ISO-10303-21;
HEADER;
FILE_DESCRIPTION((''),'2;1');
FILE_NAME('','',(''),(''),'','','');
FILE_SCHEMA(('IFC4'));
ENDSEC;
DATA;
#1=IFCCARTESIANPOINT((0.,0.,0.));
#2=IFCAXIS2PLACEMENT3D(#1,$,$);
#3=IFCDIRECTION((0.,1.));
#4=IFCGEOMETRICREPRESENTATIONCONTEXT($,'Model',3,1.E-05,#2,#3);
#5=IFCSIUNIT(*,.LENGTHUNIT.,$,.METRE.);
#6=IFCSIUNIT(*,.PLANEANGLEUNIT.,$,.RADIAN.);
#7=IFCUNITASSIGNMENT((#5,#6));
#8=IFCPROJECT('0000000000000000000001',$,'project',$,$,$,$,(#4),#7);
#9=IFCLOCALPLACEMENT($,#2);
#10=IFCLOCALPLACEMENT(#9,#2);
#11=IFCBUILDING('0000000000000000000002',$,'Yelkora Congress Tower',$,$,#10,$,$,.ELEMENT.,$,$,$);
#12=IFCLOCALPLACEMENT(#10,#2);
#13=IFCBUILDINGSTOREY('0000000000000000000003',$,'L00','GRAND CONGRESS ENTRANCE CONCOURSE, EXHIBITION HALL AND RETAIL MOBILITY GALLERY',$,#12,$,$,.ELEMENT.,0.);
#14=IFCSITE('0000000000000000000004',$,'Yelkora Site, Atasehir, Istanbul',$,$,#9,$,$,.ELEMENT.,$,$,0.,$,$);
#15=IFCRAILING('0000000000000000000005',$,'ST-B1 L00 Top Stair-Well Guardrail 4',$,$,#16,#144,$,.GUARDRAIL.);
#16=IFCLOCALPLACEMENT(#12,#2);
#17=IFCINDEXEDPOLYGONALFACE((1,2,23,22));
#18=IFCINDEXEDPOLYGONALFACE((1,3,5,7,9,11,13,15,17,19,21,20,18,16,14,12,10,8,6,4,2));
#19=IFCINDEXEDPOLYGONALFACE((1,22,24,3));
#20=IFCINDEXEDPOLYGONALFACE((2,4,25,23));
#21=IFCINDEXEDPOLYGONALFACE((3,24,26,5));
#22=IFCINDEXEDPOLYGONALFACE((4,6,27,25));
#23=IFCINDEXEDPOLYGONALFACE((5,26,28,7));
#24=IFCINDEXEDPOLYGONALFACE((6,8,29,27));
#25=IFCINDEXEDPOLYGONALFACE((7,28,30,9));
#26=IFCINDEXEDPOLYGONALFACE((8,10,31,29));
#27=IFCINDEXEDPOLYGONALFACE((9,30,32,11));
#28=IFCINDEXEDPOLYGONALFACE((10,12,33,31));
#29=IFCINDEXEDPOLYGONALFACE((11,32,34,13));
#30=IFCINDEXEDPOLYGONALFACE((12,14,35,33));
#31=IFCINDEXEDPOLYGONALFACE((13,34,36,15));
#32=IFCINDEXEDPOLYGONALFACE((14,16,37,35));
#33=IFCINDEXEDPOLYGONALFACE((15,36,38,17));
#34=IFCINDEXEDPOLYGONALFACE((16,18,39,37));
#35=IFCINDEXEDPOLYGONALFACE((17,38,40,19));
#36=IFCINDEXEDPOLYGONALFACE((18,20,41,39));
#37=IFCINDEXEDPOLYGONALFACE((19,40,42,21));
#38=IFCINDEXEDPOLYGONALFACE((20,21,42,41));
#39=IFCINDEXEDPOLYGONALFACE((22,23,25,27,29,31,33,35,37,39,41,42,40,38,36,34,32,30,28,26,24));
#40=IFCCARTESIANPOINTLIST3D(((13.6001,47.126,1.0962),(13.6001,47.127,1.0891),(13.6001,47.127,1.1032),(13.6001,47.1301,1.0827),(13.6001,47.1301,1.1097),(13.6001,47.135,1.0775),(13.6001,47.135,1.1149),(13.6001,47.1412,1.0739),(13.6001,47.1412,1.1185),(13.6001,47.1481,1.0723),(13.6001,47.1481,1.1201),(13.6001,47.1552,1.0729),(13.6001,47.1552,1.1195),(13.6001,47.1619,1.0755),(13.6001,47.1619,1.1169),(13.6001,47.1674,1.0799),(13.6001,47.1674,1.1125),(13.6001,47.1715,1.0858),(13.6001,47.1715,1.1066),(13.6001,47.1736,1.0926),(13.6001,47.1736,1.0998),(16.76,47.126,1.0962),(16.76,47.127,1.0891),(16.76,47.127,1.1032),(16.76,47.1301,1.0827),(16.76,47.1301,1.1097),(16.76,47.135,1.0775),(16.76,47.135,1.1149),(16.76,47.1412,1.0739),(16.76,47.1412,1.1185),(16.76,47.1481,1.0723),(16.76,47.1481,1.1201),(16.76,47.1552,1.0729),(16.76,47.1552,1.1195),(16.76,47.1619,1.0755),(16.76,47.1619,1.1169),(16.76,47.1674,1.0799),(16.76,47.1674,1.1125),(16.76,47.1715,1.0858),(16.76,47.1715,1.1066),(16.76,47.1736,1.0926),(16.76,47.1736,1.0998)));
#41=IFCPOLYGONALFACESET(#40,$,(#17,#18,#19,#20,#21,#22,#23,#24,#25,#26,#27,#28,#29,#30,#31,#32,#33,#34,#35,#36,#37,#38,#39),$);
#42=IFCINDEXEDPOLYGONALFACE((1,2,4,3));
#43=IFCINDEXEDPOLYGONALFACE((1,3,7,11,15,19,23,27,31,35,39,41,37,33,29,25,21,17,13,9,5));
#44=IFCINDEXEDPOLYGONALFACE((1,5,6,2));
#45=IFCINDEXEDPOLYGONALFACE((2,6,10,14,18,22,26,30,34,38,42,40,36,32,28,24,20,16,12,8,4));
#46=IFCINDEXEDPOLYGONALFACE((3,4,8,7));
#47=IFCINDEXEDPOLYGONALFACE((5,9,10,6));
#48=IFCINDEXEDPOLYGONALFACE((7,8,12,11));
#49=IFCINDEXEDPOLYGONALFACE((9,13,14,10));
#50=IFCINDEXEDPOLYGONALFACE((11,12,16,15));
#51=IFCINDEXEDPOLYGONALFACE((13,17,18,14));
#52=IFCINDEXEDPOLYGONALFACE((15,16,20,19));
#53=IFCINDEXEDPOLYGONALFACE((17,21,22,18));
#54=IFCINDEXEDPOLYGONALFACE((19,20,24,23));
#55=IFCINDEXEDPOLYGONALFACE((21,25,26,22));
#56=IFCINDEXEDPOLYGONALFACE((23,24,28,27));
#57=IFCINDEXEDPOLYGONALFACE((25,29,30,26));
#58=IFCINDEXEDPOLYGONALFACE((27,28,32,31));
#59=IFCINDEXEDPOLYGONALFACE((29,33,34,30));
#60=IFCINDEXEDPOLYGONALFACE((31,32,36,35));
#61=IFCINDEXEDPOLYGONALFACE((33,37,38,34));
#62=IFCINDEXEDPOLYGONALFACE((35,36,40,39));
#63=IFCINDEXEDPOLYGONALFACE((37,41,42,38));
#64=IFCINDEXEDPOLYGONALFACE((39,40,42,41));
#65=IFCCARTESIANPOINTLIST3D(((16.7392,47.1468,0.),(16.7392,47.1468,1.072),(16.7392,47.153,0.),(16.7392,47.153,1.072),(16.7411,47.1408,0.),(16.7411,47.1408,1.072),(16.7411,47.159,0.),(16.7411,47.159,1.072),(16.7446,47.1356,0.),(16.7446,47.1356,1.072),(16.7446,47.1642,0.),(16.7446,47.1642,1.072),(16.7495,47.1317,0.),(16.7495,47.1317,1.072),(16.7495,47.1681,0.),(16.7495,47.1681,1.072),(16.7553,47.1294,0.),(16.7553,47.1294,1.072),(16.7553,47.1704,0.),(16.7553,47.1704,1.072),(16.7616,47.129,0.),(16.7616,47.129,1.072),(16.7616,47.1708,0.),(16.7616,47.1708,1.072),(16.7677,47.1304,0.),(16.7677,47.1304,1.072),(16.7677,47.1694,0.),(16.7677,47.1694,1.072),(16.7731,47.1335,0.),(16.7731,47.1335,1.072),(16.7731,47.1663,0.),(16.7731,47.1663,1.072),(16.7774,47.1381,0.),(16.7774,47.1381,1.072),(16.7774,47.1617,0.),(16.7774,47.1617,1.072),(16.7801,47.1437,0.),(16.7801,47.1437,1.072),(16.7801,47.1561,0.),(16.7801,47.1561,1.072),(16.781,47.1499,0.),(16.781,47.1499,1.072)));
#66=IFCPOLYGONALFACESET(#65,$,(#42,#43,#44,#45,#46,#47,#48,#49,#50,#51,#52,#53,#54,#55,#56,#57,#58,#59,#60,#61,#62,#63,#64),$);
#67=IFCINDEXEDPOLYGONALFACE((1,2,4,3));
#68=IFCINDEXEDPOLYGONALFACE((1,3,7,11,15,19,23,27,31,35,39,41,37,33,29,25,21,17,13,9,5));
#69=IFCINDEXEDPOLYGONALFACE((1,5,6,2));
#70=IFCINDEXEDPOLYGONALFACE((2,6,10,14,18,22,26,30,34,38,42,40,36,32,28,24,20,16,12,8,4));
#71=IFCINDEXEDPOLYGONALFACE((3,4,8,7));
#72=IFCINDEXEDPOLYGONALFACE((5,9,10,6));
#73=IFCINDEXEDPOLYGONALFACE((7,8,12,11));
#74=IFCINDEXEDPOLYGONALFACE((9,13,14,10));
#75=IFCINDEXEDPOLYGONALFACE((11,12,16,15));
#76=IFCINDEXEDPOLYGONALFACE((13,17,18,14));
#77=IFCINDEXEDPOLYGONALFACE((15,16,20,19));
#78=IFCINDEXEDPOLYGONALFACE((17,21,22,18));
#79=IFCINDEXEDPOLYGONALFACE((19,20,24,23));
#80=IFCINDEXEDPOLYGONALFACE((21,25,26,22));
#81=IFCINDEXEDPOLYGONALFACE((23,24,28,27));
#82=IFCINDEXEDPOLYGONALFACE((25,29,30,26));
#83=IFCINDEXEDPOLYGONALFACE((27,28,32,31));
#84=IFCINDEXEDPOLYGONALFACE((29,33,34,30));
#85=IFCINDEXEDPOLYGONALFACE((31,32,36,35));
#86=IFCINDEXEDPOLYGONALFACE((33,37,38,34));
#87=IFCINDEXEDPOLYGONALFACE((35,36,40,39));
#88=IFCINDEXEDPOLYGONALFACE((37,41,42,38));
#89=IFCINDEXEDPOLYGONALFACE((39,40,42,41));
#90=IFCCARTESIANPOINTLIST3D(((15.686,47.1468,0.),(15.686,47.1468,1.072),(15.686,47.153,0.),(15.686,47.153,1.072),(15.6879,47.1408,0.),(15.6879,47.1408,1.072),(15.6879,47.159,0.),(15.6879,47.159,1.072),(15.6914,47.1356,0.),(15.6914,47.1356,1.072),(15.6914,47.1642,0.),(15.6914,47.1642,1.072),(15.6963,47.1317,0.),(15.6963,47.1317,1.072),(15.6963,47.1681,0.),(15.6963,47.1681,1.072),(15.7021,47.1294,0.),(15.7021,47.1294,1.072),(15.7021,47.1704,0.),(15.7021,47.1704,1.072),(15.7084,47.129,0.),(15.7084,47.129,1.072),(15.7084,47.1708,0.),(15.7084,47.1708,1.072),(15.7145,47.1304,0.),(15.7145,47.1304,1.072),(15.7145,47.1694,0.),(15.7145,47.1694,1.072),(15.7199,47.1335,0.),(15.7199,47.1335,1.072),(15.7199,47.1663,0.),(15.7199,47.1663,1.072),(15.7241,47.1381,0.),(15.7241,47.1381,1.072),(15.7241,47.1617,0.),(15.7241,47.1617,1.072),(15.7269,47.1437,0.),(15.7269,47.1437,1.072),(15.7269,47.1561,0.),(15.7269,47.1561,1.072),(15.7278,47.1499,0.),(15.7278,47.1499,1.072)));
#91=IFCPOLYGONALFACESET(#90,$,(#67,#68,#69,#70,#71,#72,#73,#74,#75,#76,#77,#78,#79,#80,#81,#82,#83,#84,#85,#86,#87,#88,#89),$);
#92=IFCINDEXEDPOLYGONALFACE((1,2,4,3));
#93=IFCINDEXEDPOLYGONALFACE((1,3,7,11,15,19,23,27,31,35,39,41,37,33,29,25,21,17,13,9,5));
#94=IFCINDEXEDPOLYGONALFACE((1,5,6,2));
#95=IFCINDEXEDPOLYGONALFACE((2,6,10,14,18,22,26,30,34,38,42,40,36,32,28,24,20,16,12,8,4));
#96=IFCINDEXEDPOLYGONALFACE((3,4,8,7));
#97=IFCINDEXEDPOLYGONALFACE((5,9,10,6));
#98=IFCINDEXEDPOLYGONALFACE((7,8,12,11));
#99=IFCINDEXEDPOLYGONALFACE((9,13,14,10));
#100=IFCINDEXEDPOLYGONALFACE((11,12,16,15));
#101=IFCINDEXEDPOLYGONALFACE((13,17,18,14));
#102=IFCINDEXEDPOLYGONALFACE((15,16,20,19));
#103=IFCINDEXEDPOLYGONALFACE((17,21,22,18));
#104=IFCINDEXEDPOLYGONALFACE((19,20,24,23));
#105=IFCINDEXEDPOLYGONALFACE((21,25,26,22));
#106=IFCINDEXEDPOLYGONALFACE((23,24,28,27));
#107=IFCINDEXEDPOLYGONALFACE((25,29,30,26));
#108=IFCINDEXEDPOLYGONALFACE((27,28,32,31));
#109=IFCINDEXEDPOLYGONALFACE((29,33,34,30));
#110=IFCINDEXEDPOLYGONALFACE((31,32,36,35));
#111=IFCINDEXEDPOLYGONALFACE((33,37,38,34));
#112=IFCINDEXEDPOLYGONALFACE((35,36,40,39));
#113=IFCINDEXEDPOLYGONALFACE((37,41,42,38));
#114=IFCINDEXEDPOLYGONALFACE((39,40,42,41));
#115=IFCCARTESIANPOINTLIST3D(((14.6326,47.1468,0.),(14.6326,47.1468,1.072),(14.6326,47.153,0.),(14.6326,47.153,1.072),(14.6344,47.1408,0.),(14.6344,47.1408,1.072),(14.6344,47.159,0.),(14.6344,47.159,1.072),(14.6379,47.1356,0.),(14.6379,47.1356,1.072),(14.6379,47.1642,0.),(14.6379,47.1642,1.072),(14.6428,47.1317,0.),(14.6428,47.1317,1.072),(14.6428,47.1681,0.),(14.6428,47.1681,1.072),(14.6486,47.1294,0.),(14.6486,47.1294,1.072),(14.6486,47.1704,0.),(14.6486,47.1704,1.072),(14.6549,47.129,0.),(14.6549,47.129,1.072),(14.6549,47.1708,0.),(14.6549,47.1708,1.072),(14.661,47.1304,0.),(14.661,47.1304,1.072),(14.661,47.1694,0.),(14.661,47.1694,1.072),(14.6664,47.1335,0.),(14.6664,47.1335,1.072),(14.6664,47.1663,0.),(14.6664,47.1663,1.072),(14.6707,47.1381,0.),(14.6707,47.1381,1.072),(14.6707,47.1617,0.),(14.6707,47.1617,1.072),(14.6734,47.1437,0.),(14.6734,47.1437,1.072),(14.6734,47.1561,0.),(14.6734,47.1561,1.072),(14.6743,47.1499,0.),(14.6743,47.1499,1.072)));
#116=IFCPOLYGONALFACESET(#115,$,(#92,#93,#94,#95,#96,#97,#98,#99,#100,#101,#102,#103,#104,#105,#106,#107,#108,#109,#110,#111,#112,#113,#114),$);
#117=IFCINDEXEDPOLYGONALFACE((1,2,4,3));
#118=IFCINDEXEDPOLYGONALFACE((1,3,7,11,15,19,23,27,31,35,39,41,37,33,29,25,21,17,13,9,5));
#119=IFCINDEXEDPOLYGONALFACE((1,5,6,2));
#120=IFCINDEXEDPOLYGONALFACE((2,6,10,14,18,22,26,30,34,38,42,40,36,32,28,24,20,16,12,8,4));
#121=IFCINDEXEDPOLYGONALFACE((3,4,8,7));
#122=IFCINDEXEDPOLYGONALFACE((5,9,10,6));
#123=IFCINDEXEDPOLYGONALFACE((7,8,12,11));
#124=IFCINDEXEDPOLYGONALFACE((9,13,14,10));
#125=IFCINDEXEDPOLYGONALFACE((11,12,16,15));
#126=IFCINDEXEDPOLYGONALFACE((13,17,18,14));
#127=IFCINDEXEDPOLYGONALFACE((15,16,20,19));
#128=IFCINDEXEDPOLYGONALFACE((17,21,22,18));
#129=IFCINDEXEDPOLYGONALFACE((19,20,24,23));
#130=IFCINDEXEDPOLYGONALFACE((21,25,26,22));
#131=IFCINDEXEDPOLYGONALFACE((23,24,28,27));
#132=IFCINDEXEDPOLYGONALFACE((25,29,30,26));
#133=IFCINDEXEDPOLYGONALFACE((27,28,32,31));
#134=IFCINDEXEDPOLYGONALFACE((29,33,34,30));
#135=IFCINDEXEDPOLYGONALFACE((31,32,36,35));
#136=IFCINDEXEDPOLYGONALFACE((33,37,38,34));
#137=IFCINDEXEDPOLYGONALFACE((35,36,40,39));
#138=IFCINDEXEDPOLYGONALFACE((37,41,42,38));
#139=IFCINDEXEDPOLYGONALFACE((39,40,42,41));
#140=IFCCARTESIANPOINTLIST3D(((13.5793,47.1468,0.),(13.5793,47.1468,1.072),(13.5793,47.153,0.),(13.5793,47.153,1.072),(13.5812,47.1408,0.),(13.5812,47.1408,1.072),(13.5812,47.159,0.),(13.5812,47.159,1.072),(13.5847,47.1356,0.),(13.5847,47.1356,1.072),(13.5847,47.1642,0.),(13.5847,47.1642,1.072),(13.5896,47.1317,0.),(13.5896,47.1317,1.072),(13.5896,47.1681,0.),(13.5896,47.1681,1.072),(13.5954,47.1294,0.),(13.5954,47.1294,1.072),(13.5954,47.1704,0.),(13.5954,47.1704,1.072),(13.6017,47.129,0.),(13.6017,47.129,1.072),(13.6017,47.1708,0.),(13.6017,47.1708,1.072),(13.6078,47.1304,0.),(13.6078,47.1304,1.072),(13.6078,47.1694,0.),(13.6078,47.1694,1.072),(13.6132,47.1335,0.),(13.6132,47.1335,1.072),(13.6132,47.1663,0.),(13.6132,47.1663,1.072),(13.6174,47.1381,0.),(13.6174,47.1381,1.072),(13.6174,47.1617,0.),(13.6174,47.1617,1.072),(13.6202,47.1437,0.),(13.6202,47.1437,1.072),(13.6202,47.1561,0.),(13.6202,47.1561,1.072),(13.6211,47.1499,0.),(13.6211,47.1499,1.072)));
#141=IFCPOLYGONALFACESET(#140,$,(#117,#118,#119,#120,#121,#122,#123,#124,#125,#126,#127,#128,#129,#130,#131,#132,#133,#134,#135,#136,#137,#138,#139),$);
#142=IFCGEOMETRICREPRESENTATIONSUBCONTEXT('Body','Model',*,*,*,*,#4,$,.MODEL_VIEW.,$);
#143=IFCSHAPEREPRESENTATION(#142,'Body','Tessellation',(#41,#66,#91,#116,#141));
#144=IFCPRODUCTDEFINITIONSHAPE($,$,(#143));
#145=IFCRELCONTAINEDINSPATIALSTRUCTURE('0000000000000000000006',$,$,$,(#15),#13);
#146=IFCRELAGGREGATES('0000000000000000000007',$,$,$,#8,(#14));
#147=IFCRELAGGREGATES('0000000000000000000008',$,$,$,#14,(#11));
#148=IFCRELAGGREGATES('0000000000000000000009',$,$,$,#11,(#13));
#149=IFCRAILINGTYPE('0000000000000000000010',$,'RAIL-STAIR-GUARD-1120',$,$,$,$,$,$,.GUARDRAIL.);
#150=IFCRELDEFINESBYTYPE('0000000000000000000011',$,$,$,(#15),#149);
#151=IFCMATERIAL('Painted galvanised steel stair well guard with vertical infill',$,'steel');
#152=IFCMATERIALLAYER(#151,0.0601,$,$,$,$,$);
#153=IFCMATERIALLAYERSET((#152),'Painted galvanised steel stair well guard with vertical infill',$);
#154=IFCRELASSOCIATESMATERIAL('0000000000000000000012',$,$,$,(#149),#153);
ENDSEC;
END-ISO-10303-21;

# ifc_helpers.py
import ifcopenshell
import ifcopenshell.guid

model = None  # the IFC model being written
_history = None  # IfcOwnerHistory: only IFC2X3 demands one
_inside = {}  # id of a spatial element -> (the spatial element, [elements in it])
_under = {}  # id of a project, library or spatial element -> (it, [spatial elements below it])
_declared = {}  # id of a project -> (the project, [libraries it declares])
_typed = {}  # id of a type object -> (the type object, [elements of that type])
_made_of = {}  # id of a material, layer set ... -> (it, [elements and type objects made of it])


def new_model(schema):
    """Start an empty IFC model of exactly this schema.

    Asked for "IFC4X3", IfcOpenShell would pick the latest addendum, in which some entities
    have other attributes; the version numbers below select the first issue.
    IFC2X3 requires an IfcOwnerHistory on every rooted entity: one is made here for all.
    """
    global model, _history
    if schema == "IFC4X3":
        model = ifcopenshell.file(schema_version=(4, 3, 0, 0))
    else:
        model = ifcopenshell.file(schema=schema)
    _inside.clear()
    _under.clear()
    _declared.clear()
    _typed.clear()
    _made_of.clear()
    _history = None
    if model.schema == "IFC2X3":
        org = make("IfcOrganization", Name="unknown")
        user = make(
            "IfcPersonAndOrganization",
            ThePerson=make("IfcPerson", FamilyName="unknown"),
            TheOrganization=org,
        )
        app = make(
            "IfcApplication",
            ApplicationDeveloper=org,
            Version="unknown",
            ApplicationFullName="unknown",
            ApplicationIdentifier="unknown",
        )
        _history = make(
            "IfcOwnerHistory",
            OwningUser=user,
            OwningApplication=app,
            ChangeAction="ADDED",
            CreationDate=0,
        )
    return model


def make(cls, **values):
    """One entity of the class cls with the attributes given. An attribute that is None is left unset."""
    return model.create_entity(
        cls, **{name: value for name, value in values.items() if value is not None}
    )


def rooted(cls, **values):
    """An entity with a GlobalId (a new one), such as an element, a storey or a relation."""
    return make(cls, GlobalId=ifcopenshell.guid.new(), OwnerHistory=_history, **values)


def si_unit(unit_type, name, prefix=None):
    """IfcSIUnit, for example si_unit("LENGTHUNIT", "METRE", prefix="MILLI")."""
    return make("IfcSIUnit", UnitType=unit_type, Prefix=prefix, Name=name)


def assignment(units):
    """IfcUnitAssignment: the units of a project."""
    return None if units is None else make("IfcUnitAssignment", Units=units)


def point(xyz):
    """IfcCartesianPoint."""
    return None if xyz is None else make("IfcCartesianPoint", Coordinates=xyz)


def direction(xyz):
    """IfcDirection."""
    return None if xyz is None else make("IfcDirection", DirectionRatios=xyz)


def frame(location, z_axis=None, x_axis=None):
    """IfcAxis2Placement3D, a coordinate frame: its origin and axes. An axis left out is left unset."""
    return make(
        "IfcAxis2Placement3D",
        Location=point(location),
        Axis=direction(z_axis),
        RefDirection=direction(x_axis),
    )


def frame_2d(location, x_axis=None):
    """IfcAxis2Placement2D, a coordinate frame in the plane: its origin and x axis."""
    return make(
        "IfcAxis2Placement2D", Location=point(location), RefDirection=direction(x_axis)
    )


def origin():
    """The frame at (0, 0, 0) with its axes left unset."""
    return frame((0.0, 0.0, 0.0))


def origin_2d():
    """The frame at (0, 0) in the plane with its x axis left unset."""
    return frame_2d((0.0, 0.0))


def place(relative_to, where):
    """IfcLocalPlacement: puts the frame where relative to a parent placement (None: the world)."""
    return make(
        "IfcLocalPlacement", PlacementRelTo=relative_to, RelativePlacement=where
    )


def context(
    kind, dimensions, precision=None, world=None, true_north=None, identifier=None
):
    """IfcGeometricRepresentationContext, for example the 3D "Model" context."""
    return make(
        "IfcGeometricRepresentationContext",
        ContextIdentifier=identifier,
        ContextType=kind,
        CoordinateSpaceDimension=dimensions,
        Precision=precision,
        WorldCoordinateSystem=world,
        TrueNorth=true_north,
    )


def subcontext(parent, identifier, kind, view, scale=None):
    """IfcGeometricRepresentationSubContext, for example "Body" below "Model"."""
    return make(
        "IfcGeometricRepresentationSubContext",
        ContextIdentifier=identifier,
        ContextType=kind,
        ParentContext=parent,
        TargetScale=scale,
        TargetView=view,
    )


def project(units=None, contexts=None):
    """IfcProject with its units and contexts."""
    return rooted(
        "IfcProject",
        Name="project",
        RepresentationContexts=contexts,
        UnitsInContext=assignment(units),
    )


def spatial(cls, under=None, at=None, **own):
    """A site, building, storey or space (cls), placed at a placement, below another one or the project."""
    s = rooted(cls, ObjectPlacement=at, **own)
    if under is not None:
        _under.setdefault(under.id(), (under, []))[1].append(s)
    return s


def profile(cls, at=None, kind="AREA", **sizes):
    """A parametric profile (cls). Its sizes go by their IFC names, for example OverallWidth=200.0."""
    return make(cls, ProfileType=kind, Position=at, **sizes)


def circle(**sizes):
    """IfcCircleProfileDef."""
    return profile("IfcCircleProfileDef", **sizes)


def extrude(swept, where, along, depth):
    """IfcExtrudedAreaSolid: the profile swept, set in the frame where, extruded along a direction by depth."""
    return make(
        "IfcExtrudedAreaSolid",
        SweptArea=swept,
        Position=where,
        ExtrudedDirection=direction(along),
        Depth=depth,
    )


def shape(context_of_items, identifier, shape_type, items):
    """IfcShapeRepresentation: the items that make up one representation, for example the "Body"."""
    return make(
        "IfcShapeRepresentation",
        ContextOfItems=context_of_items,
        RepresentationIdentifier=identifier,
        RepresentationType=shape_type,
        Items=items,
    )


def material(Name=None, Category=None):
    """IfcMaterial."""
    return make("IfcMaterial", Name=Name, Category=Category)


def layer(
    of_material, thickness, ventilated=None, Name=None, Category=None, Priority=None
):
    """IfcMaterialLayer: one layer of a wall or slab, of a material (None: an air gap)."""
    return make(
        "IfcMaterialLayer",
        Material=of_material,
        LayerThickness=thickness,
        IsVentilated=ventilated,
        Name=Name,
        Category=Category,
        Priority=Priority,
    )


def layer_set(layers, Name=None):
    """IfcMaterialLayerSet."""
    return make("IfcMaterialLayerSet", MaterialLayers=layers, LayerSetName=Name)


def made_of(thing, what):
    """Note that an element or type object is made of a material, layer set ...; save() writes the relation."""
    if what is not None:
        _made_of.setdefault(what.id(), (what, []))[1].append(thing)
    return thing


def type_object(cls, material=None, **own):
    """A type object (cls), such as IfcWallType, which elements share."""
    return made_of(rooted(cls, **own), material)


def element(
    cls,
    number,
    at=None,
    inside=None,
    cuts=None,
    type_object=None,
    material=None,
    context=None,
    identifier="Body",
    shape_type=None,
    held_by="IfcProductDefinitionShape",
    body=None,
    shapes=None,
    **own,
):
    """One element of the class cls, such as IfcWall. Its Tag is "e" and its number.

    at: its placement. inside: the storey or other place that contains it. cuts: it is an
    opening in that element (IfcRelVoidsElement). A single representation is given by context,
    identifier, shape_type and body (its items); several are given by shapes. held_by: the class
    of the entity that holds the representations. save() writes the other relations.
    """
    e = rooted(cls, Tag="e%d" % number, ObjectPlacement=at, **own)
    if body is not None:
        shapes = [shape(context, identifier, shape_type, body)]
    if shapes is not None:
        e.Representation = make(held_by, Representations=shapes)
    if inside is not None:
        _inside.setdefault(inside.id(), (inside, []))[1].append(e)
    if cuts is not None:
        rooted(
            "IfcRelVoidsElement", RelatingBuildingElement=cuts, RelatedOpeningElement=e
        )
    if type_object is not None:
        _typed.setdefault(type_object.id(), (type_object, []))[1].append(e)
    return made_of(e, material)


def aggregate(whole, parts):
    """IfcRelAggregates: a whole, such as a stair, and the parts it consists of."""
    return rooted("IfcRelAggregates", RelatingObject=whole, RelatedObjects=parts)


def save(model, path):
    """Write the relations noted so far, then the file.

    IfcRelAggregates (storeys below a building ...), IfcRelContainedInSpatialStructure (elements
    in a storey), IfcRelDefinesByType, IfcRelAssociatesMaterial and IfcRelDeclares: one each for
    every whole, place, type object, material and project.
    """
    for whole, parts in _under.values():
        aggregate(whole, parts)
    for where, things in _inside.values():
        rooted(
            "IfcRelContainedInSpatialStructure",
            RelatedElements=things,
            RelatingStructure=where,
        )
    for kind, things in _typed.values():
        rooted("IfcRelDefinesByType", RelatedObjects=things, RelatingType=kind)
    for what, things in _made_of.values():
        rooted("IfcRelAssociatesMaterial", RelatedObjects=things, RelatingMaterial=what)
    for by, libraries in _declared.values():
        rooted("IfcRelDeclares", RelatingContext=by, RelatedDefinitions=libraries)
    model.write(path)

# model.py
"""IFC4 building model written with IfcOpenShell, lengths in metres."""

from ifc_helpers import new_model, si_unit, direction, frame, origin, origin_2d, place, context, subcontext, project, spatial, circle, extrude, material, layer, layer_set, type_object, element, save


model = new_model("IFC4")

# Units and contexts
model_context = context("Model", 3, precision=1e-05, world=origin(), true_north=direction((0.0, 1.0)))
body_context = subcontext(model_context, "Body", "Model", "MODEL_VIEW")
ifc_project = project(units=[si_unit("LENGTHUNIT", "METRE"), si_unit("PLANEANGLEUNIT", "RADIAN")], contexts=[model_context])

# Site, building, storey
site_placement = place(None, origin())
site = spatial("IfcSite", under=ifc_project, at=site_placement, Name="Yelkora Site, Atasehir, Istanbul", CompositionType="ELEMENT", RefElevation=0.0)
building_placement = place(site_placement, origin())
building = spatial("IfcBuilding", under=site, at=building_placement, Name="Yelkora Congress Tower", CompositionType="ELEMENT")
storey_placement = place(building_placement, origin())
storey = spatial("IfcBuildingStorey", under=building, at=storey_placement, Name="L00", Description="GRAND CONGRESS ENTRANCE CONCOURSE, EXHIBITION HALL AND RETAIL MOBILITY GALLERY", CompositionType="ELEMENT", Elevation=0.0)

# Railing
ifc_material_1 = material(Name="Painted galvanised steel stair well guard with vertical infill", Category="steel")
ifc_layer_1 = layer(ifc_material_1, 0.0601)
ifc_layer_set_1 = layer_set([ifc_layer_1], Name="Painted galvanised steel stair well guard with vertical infill")
railing_type_1 = type_object("IfcRailingType", Name="RAIL-STAIR-GUARD-1120", PredefinedType="GUARDRAIL", material=ifc_layer_set_1)
railing_1_placement = place(storey_placement, frame((16.76, 47.1499, 0.0)))
element("IfcRailing", 1, at=railing_1_placement, inside=storey, type_object=railing_type_1, Name="ST-B1 L00 Top Stair-Well Guardrail 4", PredefinedType="GUARDRAIL", context=body_context, shape_type="SweptSolid", body=[
    extrude(circle(Radius=0.0239, at=origin_2d()), frame((0.0, 0.0, 1.0962), z_axis=(-1.0, 0.0, 0.0), x_axis=(0.0, -1.0, 0.0)), (0.0, 0.0, 1.0), 3.1599),
    extrude(circle(Radius=0.021, at=origin_2d()), origin(), (0.0, 0.0, 1.0), 1.072),
    extrude(circle(Radius=0.021, at=origin_2d()), frame((-1.0532, 0.0, 0.0)), (0.0, 0.0, 1.0), 1.072),
    extrude(circle(Radius=0.021, at=origin_2d()), frame((-2.1067, 0.0, 0.0)), (0.0, 0.0, 1.0), 1.072),
    extrude(circle(Radius=0.021, at=origin_2d()), frame((-3.1599, 0.0, 0.0)), (0.0, 0.0, 1.0), 1.072),
])

save(model, "model.ifc")
